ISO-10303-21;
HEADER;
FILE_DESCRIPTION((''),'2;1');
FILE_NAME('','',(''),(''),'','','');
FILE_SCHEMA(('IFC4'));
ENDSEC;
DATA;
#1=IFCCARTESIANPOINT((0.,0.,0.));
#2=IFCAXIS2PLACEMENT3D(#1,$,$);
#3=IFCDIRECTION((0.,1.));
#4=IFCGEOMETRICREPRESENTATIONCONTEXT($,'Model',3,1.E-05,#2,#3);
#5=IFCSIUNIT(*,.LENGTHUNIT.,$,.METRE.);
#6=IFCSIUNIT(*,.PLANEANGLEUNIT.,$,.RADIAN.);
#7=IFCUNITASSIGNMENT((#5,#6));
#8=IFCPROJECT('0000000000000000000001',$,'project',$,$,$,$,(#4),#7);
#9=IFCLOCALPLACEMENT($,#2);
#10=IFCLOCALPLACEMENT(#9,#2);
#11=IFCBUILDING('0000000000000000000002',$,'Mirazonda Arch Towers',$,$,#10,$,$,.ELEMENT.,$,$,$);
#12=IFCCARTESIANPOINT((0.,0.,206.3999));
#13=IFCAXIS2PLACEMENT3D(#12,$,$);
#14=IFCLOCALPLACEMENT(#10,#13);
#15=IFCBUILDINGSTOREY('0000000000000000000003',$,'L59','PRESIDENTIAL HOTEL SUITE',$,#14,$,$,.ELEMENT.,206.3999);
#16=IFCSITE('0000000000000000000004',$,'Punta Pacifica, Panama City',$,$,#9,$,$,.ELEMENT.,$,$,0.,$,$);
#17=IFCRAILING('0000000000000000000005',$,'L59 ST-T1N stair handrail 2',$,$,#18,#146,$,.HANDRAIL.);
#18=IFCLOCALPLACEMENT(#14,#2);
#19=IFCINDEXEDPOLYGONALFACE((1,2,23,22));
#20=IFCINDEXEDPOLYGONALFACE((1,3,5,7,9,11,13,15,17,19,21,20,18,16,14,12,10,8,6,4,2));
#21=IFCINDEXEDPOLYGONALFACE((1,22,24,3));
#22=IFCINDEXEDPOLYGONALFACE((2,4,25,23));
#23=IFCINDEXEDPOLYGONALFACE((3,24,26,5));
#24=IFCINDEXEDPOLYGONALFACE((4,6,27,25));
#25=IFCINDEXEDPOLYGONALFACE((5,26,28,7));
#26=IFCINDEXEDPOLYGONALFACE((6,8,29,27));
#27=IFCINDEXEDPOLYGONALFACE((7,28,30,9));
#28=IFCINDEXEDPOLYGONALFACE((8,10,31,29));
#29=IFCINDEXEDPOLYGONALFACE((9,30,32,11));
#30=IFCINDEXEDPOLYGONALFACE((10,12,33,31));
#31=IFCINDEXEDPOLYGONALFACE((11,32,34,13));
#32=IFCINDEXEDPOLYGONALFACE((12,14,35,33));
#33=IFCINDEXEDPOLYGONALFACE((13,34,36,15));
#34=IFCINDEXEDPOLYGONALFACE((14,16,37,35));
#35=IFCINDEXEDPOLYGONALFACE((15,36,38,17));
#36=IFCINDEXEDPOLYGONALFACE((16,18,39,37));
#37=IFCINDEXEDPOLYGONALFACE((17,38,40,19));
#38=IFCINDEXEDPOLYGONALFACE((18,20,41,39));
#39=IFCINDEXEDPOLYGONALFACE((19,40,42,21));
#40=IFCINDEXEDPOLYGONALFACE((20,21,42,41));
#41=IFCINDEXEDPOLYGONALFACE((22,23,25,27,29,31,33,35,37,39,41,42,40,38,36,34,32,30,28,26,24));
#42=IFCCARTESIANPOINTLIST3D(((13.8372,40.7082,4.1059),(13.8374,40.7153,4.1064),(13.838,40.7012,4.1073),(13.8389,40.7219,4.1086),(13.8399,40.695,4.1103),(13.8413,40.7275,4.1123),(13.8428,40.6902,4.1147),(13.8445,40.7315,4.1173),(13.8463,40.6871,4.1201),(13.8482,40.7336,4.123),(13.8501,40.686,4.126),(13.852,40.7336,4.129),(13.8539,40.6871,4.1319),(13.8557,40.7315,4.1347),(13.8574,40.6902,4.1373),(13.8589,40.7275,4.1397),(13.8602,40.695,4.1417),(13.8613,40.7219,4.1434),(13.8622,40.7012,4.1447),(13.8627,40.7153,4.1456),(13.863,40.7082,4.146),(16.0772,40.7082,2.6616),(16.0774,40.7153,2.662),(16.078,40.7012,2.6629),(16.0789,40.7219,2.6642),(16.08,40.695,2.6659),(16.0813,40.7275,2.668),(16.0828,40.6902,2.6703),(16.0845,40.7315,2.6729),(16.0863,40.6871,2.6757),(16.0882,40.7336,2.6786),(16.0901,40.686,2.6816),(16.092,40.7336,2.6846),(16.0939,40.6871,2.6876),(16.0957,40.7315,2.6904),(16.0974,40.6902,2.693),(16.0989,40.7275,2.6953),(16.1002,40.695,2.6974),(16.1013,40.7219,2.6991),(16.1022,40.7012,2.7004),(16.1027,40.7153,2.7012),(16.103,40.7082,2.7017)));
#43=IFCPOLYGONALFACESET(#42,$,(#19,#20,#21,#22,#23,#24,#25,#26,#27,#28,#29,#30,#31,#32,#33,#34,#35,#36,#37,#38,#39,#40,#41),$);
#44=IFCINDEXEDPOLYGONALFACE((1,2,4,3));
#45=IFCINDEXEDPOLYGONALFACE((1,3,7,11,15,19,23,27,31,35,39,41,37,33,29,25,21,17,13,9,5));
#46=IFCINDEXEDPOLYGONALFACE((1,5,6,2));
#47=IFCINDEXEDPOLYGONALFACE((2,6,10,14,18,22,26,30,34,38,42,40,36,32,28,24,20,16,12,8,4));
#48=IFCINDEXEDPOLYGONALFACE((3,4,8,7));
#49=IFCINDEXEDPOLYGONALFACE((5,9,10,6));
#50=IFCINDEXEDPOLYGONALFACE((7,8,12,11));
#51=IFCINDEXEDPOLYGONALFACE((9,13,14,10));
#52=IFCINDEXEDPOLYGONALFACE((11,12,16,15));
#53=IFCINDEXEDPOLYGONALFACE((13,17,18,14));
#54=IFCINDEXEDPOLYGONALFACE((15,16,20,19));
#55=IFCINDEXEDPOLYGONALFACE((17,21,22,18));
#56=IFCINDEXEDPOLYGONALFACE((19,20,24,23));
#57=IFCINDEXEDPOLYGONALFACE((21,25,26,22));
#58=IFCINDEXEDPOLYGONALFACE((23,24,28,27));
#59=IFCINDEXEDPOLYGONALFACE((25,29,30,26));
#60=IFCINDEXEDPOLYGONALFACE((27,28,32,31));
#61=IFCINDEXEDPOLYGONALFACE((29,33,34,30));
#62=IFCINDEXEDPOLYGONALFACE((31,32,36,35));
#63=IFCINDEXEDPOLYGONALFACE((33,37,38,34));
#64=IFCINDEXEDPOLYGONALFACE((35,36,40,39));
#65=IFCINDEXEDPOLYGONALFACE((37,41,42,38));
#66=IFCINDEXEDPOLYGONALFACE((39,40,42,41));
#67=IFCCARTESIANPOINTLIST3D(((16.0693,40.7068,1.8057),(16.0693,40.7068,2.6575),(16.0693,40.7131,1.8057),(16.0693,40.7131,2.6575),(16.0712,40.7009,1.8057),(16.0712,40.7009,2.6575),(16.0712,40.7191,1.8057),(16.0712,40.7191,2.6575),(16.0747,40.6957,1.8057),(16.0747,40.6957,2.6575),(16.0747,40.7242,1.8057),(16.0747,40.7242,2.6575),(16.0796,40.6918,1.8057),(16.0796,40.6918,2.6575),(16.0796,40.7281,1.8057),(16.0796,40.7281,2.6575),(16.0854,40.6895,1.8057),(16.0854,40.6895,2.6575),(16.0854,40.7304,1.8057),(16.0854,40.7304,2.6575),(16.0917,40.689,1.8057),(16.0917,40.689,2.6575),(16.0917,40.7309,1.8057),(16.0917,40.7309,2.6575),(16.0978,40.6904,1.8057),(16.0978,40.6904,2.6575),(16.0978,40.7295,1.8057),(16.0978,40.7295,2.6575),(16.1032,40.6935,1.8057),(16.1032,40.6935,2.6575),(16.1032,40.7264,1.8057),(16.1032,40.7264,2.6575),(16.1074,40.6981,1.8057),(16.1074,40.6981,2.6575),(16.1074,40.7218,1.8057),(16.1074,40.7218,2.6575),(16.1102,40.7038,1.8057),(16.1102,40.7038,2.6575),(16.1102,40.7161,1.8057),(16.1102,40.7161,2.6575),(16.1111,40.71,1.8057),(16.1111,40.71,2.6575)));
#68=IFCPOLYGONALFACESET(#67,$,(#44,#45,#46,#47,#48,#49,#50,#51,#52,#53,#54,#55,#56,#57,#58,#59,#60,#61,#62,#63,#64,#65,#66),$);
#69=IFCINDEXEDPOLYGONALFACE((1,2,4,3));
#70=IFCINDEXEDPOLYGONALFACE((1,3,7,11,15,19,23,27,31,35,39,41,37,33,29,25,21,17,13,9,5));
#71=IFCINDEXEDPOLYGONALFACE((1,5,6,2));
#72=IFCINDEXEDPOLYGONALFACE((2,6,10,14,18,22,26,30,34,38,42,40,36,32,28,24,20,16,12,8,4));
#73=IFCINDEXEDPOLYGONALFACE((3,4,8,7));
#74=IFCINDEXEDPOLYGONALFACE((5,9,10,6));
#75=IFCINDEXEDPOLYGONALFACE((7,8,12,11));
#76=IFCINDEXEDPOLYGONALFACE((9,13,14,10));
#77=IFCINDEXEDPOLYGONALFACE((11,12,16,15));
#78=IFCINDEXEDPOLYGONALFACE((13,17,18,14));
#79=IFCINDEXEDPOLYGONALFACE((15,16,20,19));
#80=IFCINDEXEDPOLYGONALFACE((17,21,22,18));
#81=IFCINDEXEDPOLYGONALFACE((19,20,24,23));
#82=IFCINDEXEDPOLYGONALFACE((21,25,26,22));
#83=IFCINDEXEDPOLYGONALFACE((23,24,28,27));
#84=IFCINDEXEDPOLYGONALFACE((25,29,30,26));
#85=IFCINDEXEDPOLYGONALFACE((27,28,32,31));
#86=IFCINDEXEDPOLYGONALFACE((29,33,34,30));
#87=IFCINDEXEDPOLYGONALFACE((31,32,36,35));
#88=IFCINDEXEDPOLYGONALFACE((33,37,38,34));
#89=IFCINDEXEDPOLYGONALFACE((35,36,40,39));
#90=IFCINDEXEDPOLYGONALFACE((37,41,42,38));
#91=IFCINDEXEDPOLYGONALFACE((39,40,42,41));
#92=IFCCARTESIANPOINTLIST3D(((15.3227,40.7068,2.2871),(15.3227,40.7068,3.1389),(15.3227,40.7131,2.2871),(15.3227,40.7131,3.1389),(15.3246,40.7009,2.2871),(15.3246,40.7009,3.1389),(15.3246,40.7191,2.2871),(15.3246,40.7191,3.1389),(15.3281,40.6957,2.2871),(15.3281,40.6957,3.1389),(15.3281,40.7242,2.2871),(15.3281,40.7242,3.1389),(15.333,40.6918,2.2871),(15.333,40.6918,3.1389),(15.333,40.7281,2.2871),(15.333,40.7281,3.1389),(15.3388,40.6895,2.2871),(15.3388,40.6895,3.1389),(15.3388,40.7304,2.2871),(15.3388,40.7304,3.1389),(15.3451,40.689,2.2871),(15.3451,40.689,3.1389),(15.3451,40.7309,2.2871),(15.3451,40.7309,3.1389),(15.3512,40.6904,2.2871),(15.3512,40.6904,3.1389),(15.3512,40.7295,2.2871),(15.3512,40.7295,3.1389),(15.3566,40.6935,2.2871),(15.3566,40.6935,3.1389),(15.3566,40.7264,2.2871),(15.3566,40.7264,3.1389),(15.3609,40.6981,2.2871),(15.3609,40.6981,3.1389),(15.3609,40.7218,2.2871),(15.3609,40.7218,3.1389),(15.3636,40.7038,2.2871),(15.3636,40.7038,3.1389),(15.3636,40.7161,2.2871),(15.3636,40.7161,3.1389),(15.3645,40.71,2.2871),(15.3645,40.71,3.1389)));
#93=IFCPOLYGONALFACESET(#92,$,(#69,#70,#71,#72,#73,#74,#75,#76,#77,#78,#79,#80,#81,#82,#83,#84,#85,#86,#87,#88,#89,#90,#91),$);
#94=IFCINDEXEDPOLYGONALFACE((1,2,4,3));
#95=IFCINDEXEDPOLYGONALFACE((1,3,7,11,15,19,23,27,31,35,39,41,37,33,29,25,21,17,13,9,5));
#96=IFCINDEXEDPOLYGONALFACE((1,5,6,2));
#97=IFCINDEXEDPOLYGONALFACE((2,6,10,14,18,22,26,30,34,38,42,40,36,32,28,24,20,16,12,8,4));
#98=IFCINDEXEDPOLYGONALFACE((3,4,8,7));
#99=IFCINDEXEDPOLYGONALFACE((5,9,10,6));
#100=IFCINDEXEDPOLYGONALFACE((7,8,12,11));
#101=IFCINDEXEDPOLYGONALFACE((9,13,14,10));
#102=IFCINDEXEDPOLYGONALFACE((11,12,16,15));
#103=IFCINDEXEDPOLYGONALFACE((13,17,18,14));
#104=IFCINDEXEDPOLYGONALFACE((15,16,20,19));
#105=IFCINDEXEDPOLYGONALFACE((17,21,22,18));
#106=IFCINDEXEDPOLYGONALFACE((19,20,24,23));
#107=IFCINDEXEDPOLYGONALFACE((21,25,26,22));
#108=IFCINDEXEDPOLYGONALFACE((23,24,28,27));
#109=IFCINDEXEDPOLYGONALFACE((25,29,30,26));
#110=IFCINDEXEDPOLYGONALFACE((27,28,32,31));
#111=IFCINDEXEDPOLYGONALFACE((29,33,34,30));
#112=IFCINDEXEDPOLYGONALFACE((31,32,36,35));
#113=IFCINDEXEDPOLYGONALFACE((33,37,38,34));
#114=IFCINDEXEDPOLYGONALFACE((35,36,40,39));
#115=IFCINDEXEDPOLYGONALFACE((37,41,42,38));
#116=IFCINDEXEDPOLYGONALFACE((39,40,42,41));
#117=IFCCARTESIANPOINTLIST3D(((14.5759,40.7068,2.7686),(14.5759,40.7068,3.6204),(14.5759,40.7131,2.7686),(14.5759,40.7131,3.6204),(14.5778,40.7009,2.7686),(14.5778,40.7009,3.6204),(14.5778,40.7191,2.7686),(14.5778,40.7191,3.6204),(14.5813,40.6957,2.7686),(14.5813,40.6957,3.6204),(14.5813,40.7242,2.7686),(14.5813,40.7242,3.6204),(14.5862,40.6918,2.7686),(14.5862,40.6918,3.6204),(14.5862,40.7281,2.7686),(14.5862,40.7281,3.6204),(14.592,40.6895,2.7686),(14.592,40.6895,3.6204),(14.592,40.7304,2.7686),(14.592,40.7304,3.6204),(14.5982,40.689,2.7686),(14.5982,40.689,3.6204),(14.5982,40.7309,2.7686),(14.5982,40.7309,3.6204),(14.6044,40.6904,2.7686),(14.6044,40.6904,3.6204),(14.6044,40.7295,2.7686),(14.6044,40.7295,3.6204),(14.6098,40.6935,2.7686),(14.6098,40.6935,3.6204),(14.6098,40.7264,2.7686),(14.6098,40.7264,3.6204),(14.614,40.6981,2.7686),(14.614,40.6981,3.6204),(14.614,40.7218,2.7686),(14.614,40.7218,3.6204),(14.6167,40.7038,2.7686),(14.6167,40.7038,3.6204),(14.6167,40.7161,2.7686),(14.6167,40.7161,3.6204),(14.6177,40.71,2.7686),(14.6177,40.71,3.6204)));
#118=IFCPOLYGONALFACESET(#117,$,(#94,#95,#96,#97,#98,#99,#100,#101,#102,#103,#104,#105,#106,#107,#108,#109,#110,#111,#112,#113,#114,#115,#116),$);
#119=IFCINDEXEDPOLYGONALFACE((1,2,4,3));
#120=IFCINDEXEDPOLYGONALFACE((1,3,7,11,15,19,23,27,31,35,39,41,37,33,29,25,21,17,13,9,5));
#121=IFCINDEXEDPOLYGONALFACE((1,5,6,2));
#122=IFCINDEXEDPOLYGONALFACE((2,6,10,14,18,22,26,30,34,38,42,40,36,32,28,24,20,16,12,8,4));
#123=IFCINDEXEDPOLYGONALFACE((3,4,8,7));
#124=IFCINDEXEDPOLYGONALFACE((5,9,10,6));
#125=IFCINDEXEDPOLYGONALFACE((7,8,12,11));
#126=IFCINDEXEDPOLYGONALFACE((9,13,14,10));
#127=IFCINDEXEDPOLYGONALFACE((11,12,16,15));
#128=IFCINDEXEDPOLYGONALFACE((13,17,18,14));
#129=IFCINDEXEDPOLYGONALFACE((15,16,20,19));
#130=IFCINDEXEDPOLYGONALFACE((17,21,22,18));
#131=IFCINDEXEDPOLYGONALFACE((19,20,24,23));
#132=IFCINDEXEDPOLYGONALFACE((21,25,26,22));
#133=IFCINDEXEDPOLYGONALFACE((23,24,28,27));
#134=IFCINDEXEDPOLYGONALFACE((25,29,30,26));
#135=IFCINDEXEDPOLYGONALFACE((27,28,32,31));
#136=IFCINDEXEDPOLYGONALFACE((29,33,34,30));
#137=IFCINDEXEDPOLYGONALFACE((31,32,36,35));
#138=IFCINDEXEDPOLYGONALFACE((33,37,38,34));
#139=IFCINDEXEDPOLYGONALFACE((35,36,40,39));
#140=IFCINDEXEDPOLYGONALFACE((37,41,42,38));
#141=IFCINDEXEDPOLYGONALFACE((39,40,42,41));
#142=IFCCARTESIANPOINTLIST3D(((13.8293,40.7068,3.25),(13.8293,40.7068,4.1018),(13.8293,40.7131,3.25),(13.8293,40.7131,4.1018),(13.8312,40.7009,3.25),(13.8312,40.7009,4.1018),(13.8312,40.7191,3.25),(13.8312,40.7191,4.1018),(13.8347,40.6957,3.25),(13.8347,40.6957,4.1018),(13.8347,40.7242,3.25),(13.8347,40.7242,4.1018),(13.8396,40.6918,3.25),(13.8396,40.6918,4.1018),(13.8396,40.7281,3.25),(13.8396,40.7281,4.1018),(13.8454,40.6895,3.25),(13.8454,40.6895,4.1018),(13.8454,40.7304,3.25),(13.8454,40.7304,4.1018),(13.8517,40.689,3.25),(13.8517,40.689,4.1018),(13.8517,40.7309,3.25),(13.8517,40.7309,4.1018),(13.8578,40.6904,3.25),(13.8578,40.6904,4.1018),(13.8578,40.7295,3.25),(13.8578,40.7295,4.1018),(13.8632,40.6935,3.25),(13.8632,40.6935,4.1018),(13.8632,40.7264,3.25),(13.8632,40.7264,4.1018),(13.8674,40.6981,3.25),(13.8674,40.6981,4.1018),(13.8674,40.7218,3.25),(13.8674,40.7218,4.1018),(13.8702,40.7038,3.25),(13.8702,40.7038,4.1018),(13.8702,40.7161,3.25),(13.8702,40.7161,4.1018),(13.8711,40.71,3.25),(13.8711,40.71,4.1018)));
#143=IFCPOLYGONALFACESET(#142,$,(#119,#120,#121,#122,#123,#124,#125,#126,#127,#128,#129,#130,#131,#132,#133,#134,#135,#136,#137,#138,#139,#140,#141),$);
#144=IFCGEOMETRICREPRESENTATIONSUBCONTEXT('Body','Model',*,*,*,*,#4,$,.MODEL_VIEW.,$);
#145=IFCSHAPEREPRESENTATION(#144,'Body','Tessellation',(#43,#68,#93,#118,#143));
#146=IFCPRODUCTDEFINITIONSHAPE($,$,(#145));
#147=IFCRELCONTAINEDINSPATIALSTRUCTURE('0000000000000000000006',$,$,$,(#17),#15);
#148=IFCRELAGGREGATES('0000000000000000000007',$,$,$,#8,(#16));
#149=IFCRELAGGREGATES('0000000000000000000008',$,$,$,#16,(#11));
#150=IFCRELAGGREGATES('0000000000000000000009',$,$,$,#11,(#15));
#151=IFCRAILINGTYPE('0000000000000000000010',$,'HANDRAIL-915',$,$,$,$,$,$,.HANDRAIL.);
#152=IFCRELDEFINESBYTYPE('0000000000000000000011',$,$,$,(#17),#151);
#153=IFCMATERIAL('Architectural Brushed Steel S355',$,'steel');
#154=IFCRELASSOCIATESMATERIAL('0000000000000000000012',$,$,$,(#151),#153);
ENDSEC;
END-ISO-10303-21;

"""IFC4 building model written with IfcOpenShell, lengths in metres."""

from ifc_helpers import new_model, si_unit, direction, frame, origin, origin_2d, place, context, subcontext, project, spatial, circle, extrude, material, type_object, element, save


model = new_model("IFC4")

# Units and contexts
model_context = context("Model", 3, precision=1e-05, world=origin(), true_north=direction((0.0, 1.0)))
body_context = subcontext(model_context, "Body", "Model", "MODEL_VIEW")
ifc_project = project(units=[si_unit("LENGTHUNIT", "METRE"), si_unit("PLANEANGLEUNIT", "RADIAN")], contexts=[model_context])

# Site, building, storey
site_placement = place(None, origin())
site = spatial("IfcSite", under=ifc_project, at=site_placement, Name="Punta Pacifica, Panama City", CompositionType="ELEMENT", RefElevation=0.0)
building_placement = place(site_placement, origin())
building = spatial("IfcBuilding", under=site, at=building_placement, Name="Mirazonda Arch Towers", CompositionType="ELEMENT")
storey_placement = place(building_placement, frame((0.0, 0.0, 206.3999)))
storey = spatial("IfcBuildingStorey", under=building, at=storey_placement, Name="L59", Description="PRESIDENTIAL HOTEL SUITE", CompositionType="ELEMENT", Elevation=206.3999)

# Railing
ifc_material_1 = material(Name="Architectural Brushed Steel S355", Category="steel")
railing_type_1 = type_object("IfcRailingType", Name="HANDRAIL-915", PredefinedType="HANDRAIL", material=ifc_material_1)
railing_1_placement = place(storey_placement, frame((16.0901, 40.71, 1.8057)))
element("IfcRailing", 1, at=railing_1_placement, inside=storey, type_object=railing_type_1, Name="L59 ST-T1N stair handrail 2", PredefinedType="HANDRAIL", context=body_context, shape_type="SweptSolid", body=[
    extrude(circle(Radius=0.0239, at=origin_2d()), frame((0.0, 0.0, 0.876), z_axis=(-0.840437, 0.0, 0.54191), x_axis=(0.0, -1.0, 0.0)), (0.0, 0.0, 1.0), 2.6653),
    extrude(circle(Radius=0.021, at=origin_2d()), origin(), (0.0, 0.0, 1.0), 0.8518),
    extrude(circle(Radius=0.021, at=origin_2d()), frame((-0.7466, 0.0, 0.4814)), (0.0, 0.0, 1.0), 0.8518),
    extrude(circle(Radius=0.021, at=origin_2d()), frame((-1.4934, 0.0, 0.9629)), (0.0, 0.0, 1.0), 0.8518),
    extrude(circle(Radius=0.021, at=origin_2d()), frame((-2.24, 0.0, 1.4443)), (0.0, 0.0, 1.0), 0.8518),
])

save(model, "model.ifc")
